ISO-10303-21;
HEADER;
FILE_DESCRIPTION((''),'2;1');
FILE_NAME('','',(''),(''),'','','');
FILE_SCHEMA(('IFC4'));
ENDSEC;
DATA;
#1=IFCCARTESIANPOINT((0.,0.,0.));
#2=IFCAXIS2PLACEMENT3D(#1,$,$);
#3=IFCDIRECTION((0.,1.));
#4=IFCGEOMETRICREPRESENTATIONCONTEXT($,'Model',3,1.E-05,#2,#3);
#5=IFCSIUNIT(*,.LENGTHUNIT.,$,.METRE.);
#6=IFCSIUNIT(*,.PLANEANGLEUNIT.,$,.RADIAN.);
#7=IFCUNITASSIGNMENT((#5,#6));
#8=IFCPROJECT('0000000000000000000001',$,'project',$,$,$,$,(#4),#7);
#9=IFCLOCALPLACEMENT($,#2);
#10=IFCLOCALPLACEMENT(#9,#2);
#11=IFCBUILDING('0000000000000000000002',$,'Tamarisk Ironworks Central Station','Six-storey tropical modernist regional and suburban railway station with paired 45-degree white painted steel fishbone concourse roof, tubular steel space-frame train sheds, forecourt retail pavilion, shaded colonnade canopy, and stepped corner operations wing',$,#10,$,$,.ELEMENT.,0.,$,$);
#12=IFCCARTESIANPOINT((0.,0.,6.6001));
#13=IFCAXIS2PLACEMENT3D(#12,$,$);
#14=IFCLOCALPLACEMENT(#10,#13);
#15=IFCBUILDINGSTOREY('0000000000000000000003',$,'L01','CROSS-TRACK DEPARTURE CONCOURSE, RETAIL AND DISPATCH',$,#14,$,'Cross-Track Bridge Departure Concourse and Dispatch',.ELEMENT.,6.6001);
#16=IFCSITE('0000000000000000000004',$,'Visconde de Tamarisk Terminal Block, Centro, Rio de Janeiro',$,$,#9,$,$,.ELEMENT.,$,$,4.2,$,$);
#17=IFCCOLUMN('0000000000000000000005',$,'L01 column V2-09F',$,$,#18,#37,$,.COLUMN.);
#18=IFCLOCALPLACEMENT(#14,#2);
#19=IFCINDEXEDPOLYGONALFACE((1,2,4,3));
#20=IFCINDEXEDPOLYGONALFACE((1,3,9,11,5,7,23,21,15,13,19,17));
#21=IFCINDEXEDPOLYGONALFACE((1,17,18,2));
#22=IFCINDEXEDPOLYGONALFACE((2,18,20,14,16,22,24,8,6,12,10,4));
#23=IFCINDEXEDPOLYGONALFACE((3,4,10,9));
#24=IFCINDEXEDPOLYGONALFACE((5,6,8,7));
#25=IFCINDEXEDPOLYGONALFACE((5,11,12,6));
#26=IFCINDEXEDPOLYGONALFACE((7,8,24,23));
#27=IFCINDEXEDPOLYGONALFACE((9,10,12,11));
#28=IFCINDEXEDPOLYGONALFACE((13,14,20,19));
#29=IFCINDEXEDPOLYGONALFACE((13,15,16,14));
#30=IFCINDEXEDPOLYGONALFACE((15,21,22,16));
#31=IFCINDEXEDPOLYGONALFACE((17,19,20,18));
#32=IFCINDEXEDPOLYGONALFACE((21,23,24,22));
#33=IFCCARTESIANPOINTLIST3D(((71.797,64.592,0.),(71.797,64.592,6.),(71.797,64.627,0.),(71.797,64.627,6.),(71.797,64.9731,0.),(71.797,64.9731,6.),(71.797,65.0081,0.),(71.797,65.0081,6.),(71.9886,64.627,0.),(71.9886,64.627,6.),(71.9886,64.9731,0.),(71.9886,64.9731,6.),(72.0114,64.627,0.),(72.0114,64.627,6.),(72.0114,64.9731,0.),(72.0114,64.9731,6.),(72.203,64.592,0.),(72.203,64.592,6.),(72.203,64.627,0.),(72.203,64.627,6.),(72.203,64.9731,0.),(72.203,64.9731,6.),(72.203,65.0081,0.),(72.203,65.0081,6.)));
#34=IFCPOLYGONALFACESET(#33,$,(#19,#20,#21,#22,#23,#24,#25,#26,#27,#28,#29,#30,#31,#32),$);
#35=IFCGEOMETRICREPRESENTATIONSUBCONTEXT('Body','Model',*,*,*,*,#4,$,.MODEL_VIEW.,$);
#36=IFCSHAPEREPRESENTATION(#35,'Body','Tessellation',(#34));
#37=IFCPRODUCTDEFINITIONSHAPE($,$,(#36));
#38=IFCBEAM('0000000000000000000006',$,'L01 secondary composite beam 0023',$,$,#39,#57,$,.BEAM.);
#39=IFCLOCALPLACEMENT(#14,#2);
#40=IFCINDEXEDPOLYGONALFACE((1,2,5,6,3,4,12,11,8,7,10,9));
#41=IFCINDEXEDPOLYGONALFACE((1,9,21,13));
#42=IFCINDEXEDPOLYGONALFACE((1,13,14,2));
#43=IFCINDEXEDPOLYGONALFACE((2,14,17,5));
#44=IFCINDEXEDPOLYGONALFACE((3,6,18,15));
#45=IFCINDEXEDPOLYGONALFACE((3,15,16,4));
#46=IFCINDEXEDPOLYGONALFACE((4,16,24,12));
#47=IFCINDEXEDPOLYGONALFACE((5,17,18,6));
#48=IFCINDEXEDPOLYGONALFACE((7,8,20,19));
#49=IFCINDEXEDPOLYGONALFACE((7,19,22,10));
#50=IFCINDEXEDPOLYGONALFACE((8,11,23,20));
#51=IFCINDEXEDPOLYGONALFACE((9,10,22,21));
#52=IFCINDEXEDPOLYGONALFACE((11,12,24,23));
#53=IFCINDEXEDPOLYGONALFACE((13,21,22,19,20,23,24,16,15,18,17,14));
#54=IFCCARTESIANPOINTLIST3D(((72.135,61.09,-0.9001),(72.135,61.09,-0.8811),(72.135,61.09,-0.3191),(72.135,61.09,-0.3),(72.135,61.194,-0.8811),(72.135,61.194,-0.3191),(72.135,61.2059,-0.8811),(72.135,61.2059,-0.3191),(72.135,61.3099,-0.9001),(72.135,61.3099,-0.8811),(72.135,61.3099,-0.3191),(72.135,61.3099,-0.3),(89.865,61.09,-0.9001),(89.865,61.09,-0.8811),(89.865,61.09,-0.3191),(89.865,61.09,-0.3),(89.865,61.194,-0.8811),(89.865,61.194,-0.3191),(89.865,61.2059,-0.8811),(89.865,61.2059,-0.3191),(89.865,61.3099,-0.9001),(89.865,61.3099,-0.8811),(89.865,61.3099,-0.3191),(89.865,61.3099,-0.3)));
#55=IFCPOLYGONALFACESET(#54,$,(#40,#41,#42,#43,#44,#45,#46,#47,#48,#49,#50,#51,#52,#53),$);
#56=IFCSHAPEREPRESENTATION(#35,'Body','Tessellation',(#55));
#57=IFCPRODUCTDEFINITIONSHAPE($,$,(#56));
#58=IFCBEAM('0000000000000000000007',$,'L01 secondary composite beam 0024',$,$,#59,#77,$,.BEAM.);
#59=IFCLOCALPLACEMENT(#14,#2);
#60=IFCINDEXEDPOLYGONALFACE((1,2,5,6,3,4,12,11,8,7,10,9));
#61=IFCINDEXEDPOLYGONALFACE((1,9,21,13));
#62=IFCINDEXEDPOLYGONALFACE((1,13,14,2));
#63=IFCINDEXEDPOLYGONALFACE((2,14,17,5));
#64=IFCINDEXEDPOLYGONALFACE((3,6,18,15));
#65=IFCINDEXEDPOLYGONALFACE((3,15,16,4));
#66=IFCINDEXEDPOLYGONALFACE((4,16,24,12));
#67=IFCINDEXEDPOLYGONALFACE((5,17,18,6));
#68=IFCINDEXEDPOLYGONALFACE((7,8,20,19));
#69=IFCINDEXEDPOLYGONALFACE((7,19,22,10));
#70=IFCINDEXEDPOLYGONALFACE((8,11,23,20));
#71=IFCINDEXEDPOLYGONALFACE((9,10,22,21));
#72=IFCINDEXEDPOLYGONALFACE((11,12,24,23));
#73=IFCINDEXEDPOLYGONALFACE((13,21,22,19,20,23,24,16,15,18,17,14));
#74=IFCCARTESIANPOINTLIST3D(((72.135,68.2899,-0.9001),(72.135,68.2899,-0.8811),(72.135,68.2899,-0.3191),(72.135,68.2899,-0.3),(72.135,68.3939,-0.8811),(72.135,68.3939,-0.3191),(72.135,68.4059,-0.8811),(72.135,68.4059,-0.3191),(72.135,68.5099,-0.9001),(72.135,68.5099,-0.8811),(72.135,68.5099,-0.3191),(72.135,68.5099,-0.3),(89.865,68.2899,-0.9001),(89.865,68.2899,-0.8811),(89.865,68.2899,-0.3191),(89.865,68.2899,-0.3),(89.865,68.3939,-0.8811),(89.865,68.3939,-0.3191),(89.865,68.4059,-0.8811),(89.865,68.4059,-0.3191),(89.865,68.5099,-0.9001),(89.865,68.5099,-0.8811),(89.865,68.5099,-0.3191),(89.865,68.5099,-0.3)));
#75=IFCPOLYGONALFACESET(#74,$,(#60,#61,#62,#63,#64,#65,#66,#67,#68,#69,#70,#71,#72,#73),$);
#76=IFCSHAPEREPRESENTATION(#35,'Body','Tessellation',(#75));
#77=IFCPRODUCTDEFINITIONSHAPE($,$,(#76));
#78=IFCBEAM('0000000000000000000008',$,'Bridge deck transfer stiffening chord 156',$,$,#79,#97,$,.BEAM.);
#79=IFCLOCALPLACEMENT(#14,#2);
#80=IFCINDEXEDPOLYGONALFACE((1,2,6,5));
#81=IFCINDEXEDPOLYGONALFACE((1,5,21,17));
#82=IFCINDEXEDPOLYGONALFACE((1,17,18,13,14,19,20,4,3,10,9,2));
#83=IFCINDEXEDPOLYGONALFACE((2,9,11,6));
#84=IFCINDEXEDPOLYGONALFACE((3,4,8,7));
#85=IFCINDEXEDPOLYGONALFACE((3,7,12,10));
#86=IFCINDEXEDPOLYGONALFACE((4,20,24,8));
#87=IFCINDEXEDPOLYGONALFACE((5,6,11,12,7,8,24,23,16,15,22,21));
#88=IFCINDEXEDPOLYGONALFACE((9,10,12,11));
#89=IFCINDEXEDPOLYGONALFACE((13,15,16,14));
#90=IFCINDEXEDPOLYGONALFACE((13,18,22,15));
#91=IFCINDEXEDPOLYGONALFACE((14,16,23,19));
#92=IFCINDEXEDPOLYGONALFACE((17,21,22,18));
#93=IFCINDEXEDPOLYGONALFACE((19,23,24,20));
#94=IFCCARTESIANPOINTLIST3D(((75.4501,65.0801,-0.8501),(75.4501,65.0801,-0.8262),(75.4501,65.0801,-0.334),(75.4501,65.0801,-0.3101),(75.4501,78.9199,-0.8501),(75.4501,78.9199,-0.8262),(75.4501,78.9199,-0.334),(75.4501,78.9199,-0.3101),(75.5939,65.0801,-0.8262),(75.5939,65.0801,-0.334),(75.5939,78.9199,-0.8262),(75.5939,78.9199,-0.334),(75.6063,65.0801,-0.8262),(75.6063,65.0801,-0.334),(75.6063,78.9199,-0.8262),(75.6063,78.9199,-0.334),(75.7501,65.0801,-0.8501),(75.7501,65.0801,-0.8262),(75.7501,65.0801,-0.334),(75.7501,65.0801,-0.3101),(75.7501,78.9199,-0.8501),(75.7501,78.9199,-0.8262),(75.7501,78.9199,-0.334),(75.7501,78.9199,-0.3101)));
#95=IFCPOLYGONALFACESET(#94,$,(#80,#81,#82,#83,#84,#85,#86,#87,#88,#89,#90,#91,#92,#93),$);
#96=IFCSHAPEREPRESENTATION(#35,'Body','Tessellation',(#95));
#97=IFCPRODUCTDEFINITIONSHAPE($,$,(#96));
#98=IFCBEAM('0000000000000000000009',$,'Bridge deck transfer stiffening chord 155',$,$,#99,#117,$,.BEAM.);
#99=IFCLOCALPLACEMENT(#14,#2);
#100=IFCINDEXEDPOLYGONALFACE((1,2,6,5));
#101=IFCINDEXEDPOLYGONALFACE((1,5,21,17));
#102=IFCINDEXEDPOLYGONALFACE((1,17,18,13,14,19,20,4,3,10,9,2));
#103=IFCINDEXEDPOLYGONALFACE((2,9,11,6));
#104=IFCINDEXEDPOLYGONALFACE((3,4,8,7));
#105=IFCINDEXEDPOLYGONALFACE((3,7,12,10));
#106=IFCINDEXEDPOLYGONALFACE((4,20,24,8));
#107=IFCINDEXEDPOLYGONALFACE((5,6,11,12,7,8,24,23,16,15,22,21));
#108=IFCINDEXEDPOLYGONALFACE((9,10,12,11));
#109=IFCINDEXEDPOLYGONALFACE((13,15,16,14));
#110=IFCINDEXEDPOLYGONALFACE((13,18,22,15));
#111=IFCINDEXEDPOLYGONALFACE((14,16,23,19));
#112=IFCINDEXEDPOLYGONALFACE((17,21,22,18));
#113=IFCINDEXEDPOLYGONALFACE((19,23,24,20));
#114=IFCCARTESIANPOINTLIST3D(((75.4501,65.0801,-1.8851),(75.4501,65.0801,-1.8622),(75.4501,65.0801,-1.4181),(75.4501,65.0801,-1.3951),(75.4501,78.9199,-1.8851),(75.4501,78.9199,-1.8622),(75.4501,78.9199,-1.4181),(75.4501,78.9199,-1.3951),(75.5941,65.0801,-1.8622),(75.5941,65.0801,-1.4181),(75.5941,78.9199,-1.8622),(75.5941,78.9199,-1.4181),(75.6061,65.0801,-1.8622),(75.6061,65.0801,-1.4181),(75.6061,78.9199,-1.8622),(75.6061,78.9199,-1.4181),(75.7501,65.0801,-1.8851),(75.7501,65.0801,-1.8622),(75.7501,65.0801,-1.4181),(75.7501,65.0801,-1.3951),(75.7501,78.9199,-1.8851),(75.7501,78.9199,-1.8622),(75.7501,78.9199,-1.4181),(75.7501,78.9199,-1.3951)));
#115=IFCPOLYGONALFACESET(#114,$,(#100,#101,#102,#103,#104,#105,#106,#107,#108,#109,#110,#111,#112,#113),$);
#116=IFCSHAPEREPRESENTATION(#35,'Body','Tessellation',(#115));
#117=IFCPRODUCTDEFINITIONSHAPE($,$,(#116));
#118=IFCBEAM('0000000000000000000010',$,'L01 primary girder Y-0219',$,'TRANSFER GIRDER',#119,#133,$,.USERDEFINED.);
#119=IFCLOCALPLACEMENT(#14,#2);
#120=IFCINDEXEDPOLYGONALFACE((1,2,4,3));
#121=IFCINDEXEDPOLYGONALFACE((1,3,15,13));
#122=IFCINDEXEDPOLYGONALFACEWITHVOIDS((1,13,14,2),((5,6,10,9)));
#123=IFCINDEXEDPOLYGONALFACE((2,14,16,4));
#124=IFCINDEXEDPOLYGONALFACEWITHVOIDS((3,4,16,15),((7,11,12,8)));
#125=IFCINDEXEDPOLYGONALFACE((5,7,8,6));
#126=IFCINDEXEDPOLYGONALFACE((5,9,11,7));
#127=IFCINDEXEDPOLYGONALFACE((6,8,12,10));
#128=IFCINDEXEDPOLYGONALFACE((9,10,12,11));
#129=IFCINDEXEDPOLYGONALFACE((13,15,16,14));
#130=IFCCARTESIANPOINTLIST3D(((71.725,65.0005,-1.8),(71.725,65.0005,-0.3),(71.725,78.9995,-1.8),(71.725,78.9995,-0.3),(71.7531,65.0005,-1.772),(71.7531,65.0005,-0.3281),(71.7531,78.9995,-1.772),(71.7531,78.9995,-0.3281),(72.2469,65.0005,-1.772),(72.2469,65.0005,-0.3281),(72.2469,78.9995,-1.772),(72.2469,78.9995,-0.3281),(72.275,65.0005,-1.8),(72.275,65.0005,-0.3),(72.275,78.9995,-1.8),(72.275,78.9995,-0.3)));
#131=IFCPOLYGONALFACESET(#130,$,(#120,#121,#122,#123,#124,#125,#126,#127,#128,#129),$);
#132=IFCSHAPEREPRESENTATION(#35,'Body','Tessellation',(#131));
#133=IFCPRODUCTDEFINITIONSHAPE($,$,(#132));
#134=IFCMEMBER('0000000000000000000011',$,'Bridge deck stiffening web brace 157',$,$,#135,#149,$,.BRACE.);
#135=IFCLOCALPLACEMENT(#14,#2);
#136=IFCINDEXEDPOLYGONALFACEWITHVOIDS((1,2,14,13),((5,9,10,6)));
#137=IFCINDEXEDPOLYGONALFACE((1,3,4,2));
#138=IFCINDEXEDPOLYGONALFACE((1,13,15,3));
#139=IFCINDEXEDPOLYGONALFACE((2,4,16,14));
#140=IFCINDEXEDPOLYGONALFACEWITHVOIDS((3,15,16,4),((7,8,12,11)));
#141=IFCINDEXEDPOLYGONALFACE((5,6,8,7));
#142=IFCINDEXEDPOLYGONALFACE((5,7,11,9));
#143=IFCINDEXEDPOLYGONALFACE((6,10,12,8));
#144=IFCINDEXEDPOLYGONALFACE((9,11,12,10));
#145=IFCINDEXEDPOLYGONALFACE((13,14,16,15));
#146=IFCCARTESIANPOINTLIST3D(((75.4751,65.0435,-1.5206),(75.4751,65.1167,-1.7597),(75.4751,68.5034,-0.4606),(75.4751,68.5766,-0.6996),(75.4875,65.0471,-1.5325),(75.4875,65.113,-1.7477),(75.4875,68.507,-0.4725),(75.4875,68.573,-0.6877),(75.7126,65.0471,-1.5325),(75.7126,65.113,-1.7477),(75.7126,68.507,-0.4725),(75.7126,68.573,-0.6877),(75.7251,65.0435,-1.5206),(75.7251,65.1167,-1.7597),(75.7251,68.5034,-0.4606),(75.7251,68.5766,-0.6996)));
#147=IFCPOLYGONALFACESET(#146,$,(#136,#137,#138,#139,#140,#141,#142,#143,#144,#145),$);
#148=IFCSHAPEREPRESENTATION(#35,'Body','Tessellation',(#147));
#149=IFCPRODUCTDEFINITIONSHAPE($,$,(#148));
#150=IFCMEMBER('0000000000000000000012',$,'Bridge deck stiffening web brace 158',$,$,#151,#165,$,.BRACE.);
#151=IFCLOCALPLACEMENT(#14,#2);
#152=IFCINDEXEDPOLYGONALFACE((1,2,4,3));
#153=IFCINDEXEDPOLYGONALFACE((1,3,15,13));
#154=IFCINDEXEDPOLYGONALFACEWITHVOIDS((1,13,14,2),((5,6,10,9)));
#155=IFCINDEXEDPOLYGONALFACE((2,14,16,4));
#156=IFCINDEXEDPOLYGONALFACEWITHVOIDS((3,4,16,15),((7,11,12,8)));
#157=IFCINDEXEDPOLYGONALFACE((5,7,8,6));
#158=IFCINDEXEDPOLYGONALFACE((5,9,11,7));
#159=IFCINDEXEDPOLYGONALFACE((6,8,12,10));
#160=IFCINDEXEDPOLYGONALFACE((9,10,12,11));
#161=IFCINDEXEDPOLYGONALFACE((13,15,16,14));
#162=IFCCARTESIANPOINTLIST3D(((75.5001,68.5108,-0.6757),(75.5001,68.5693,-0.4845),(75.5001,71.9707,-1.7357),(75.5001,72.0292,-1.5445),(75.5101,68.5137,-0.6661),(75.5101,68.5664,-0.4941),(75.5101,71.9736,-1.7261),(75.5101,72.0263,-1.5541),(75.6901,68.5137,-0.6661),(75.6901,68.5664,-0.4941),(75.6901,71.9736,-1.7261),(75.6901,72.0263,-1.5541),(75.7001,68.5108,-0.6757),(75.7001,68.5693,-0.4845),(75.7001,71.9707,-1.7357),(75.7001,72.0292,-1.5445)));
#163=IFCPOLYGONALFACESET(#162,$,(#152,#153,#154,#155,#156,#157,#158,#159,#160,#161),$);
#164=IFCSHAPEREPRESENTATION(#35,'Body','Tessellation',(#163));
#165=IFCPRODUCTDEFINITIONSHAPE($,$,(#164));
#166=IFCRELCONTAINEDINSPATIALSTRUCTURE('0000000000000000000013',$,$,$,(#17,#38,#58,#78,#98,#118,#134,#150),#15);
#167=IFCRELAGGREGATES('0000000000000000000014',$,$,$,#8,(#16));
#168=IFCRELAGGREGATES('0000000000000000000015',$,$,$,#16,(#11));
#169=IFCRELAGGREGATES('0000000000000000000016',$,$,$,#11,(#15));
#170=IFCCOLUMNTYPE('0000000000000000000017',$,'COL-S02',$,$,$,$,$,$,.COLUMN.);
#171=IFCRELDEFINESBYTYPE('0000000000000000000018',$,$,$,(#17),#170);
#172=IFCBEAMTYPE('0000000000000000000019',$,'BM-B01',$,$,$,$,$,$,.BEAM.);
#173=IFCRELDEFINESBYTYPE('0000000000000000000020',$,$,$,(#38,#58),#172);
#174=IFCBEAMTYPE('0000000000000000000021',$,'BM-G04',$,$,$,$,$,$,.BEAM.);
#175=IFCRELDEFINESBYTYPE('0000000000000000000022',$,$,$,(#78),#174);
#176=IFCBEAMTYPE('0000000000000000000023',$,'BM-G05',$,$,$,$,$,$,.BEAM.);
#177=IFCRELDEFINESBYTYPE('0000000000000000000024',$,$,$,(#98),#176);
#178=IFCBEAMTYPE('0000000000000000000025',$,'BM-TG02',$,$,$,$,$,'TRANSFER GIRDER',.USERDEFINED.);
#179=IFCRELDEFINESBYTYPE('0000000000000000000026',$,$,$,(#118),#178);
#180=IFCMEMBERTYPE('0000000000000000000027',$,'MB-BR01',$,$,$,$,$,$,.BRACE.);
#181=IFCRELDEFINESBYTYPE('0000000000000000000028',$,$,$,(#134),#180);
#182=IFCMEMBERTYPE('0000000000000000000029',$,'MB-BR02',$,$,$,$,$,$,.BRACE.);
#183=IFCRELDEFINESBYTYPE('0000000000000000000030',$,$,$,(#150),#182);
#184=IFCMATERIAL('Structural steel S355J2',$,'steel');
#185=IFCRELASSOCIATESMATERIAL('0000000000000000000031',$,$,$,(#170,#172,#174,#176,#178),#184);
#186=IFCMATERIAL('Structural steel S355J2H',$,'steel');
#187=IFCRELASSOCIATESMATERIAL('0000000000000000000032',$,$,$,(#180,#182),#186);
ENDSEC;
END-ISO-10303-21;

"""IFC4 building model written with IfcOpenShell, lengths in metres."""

from ifc_helpers import new_model, si_unit, direction, frame, origin, origin_2d, place, context, subcontext, project, spatial, hollow_rectangle, i_section, extrude, material, material_profile, profile_set, type_object, element, save


model = new_model("IFC4")

# Units and contexts
model_context = context("Model", 3, precision=1e-05, world=origin(), true_north=direction((0.0, 1.0)))
body_context = subcontext(model_context, "Body", "Model", "MODEL_VIEW")
ifc_project = project(units=[si_unit("LENGTHUNIT", "METRE"), si_unit("PLANEANGLEUNIT", "RADIAN")], contexts=[model_context])

# Site, building, storey
site_placement = place(None, origin())
site = spatial("IfcSite", under=ifc_project, at=site_placement, Name="Visconde de Tamarisk Terminal Block, Centro, Rio de Janeiro", CompositionType="ELEMENT", RefElevation=4.2)
building_placement = place(site_placement, origin())
building = spatial("IfcBuilding", under=site, at=building_placement, Name="Tamarisk Ironworks Central Station", Description="Six-storey tropical modernist regional and suburban railway station with paired 45-degree white painted steel fishbone concourse roof, tubular steel space-frame train sheds, forecourt retail pavilion, shaded colonnade canopy, and stepped corner operations wing", CompositionType="ELEMENT", ElevationOfRefHeight=0.0)
storey_placement = place(building_placement, frame((0.0, 0.0, 6.6001)))
storey = spatial("IfcBuildingStorey", under=building, at=storey_placement, Name="L01", Description="CROSS-TRACK DEPARTURE CONCOURSE, RETAIL AND DISPATCH", LongName="Cross-Track Bridge Departure Concourse and Dispatch", CompositionType="ELEMENT", Elevation=6.6001)

# Column
ifc_material_1 = material(Name="Structural steel S355J2", Category="steel")
ifc_material_profile_1 = material_profile(ifc_material_1, i_section(OverallWidth=0.406, OverallDepth=0.416, WebThickness=0.0227, FlangeThickness=0.0349, at=origin_2d()), Name="HD 400x382")
ifc_profile_set_1 = profile_set([ifc_material_profile_1], Name="Structural steel S355J2")
column_type = type_object("IfcColumnType", Name="COL-S02", PredefinedType="COLUMN", material=ifc_profile_set_1)
column_placement = place(storey_placement, frame((72.0, 64.8, 0.0), z_axis=(0.0, 0.0, 1.0), x_axis=(1.0, 0.0, 0.0)))
element("IfcColumn", 1, at=column_placement, inside=storey, type_object=column_type, Name="L01 column V2-09F", PredefinedType="COLUMN", context=body_context, shape_type="SweptSolid", body=[
    extrude(i_section(OverallWidth=0.406, OverallDepth=0.416, WebThickness=0.0227, FlangeThickness=0.0349, at=origin_2d()), origin(), (0.0, 0.0, 1.0), 6.0),
])

# Beams
ifc_material_profile_2 = material_profile(ifc_material_1, i_section(OverallWidth=0.22, OverallDepth=0.6001, WebThickness=0.012, FlangeThickness=0.019, at=origin_2d()), Name="IPE 600")
ifc_profile_set_2 = profile_set([ifc_material_profile_2], Name="Structural steel S355J2")
beam_type_1 = type_object("IfcBeamType", Name="BM-B01", PredefinedType="BEAM", material=ifc_profile_set_2)
for number, where, z_axis, x_axis, name in (
    (2, (72.135, 61.2, -0.6001), (1.0, 0.0, 0.0), (0.0, 1.0, 0.0), "L01 secondary composite beam 0023"),
    (3, (72.135, 68.3999, -0.6001), (1.0, 0.0, 0.0), (0.0, 1.0, 0.0), "L01 secondary composite beam 0024"),
):
    element("IfcBeam", number, at=place(storey_placement, frame(where, z_axis=z_axis, x_axis=x_axis)), inside=storey, type_object=beam_type_1, Name=name, PredefinedType="BEAM", context=body_context, shape_type="SweptSolid", body=[
        extrude(i_section(OverallWidth=0.22, OverallDepth=0.6001, WebThickness=0.012, FlangeThickness=0.019, at=origin_2d()), origin(), (0.0, 0.0, 1.0), 17.73),
    ])
ifc_material_profile_3 = material_profile(ifc_material_1, i_section(OverallWidth=0.3, OverallDepth=0.54, WebThickness=0.0125, FlangeThickness=0.0239, at=origin_2d()), Name="HEA 550")
ifc_profile_set_3 = profile_set([ifc_material_profile_3], Name="Structural steel S355J2")
beam_type_2 = type_object("IfcBeamType", Name="BM-G04", PredefinedType="BEAM", material=ifc_profile_set_3)
beam_1_placement = place(storey_placement, frame((75.6001, 65.0801, -0.5801), z_axis=(0.0, 1.0, 0.0), x_axis=(-1.0, 0.0, 0.0)))
element("IfcBeam", 4, at=beam_1_placement, inside=storey, type_object=beam_type_2, Name="Bridge deck transfer stiffening chord 156", PredefinedType="BEAM", context=body_context, shape_type="SweptSolid", body=[
    extrude(i_section(OverallWidth=0.3, OverallDepth=0.54, WebThickness=0.0125, FlangeThickness=0.0239, at=origin_2d()), origin(), (0.0, 0.0, 1.0), 13.8398),
])
ifc_material_profile_4 = material_profile(ifc_material_1, i_section(OverallWidth=0.3, OverallDepth=0.49, WebThickness=0.012, FlangeThickness=0.0229, at=origin_2d()), Name="HEA 500")
ifc_profile_set_4 = profile_set([ifc_material_profile_4], Name="Structural steel S355J2")
beam_type_3 = type_object("IfcBeamType", Name="BM-G05", PredefinedType="BEAM", material=ifc_profile_set_4)
beam_2_placement = place(storey_placement, frame((75.6001, 65.0801, -1.6401), z_axis=(0.0, 1.0, 0.0), x_axis=(-1.0, 0.0, 0.0)))
element("IfcBeam", 5, at=beam_2_placement, inside=storey, type_object=beam_type_3, Name="Bridge deck transfer stiffening chord 155", PredefinedType="BEAM", context=body_context, shape_type="SweptSolid", body=[
    extrude(i_section(OverallWidth=0.3, OverallDepth=0.49, WebThickness=0.012, FlangeThickness=0.0229, at=origin_2d()), origin(), (0.0, 0.0, 1.0), 13.8398),
])
ifc_material_profile_5 = material_profile(ifc_material_1, hollow_rectangle(XDim=0.55, YDim=1.5, WallThickness=0.0281, at=origin_2d()), Name="BOX 550x1500x28")
ifc_profile_set_5 = profile_set([ifc_material_profile_5], Name="Structural steel S355J2")
beam_type_4 = type_object("IfcBeamType", Name="BM-TG02", ElementType="TRANSFER GIRDER", PredefinedType="USERDEFINED", material=ifc_profile_set_5)
beam_3_placement = place(storey_placement, frame((72.0, 65.0005, -1.05), z_axis=(0.0, 1.0, 0.0), x_axis=(-1.0, 0.0, 0.0)))
element("IfcBeam", 6, at=beam_3_placement, inside=storey, type_object=beam_type_4, Name="L01 primary girder Y-0219", ObjectType="TRANSFER GIRDER", PredefinedType="USERDEFINED", context=body_context, shape_type="SweptSolid", body=[
    extrude(hollow_rectangle(XDim=0.55, YDim=1.5, WallThickness=0.0281, at=origin_2d()), origin(), (0.0, 0.0, 1.0), 13.999),
])

# Members
ifc_material_2 = material(Name="Structural steel S355J2H", Category="steel")
ifc_material_profile_6 = material_profile(ifc_material_2, hollow_rectangle(XDim=0.25, YDim=0.25, WallThickness=0.0125, at=origin_2d()), Name="SHS 250x250x12.5")
ifc_profile_set_6 = profile_set([ifc_material_profile_6], Name="Structural steel S355J2H")
member_type_1 = type_object("IfcMemberType", Name="MB-BR01", PredefinedType="BRACE", material=ifc_profile_set_6)
member_1_placement = place(storey_placement, frame((75.6001, 65.0801, -1.6401), z_axis=(0.0, 0.956131, 0.292938), x_axis=(-1.0, 0.0, 0.0)))
element("IfcMember", 7, at=member_1_placement, inside=storey, type_object=member_type_1, Name="Bridge deck stiffening web brace 157", PredefinedType="BRACE", context=body_context, shape_type="SweptSolid", body=[
    extrude(hollow_rectangle(XDim=0.25, YDim=0.25, WallThickness=0.0125, at=origin_2d()), origin(), (0.0, 0.0, 1.0), 3.6187),
])
ifc_material_profile_7 = material_profile(ifc_material_2, hollow_rectangle(XDim=0.2, YDim=0.2, WallThickness=0.01, at=origin_2d()), Name="SHS 200x200x10")
ifc_profile_set_7 = profile_set([ifc_material_profile_7], Name="Structural steel S355J2H")
member_type_2 = type_object("IfcMemberType", Name="MB-BR02", PredefinedType="BRACE", material=ifc_profile_set_7)
member_2_placement = place(storey_placement, frame((75.6001, 68.54, -0.5801), z_axis=(0.0, 0.956131, -0.292938), x_axis=(-1.0, 0.0, 0.0)))
element("IfcMember", 8, at=member_2_placement, inside=storey, type_object=member_type_2, Name="Bridge deck stiffening web brace 158", PredefinedType="BRACE", context=body_context, shape_type="SweptSolid", body=[
    extrude(hollow_rectangle(XDim=0.2, YDim=0.2, WallThickness=0.01, at=origin_2d()), origin(), (0.0, 0.0, 1.0), 3.6187),
])

save(model, "model.ifc")
